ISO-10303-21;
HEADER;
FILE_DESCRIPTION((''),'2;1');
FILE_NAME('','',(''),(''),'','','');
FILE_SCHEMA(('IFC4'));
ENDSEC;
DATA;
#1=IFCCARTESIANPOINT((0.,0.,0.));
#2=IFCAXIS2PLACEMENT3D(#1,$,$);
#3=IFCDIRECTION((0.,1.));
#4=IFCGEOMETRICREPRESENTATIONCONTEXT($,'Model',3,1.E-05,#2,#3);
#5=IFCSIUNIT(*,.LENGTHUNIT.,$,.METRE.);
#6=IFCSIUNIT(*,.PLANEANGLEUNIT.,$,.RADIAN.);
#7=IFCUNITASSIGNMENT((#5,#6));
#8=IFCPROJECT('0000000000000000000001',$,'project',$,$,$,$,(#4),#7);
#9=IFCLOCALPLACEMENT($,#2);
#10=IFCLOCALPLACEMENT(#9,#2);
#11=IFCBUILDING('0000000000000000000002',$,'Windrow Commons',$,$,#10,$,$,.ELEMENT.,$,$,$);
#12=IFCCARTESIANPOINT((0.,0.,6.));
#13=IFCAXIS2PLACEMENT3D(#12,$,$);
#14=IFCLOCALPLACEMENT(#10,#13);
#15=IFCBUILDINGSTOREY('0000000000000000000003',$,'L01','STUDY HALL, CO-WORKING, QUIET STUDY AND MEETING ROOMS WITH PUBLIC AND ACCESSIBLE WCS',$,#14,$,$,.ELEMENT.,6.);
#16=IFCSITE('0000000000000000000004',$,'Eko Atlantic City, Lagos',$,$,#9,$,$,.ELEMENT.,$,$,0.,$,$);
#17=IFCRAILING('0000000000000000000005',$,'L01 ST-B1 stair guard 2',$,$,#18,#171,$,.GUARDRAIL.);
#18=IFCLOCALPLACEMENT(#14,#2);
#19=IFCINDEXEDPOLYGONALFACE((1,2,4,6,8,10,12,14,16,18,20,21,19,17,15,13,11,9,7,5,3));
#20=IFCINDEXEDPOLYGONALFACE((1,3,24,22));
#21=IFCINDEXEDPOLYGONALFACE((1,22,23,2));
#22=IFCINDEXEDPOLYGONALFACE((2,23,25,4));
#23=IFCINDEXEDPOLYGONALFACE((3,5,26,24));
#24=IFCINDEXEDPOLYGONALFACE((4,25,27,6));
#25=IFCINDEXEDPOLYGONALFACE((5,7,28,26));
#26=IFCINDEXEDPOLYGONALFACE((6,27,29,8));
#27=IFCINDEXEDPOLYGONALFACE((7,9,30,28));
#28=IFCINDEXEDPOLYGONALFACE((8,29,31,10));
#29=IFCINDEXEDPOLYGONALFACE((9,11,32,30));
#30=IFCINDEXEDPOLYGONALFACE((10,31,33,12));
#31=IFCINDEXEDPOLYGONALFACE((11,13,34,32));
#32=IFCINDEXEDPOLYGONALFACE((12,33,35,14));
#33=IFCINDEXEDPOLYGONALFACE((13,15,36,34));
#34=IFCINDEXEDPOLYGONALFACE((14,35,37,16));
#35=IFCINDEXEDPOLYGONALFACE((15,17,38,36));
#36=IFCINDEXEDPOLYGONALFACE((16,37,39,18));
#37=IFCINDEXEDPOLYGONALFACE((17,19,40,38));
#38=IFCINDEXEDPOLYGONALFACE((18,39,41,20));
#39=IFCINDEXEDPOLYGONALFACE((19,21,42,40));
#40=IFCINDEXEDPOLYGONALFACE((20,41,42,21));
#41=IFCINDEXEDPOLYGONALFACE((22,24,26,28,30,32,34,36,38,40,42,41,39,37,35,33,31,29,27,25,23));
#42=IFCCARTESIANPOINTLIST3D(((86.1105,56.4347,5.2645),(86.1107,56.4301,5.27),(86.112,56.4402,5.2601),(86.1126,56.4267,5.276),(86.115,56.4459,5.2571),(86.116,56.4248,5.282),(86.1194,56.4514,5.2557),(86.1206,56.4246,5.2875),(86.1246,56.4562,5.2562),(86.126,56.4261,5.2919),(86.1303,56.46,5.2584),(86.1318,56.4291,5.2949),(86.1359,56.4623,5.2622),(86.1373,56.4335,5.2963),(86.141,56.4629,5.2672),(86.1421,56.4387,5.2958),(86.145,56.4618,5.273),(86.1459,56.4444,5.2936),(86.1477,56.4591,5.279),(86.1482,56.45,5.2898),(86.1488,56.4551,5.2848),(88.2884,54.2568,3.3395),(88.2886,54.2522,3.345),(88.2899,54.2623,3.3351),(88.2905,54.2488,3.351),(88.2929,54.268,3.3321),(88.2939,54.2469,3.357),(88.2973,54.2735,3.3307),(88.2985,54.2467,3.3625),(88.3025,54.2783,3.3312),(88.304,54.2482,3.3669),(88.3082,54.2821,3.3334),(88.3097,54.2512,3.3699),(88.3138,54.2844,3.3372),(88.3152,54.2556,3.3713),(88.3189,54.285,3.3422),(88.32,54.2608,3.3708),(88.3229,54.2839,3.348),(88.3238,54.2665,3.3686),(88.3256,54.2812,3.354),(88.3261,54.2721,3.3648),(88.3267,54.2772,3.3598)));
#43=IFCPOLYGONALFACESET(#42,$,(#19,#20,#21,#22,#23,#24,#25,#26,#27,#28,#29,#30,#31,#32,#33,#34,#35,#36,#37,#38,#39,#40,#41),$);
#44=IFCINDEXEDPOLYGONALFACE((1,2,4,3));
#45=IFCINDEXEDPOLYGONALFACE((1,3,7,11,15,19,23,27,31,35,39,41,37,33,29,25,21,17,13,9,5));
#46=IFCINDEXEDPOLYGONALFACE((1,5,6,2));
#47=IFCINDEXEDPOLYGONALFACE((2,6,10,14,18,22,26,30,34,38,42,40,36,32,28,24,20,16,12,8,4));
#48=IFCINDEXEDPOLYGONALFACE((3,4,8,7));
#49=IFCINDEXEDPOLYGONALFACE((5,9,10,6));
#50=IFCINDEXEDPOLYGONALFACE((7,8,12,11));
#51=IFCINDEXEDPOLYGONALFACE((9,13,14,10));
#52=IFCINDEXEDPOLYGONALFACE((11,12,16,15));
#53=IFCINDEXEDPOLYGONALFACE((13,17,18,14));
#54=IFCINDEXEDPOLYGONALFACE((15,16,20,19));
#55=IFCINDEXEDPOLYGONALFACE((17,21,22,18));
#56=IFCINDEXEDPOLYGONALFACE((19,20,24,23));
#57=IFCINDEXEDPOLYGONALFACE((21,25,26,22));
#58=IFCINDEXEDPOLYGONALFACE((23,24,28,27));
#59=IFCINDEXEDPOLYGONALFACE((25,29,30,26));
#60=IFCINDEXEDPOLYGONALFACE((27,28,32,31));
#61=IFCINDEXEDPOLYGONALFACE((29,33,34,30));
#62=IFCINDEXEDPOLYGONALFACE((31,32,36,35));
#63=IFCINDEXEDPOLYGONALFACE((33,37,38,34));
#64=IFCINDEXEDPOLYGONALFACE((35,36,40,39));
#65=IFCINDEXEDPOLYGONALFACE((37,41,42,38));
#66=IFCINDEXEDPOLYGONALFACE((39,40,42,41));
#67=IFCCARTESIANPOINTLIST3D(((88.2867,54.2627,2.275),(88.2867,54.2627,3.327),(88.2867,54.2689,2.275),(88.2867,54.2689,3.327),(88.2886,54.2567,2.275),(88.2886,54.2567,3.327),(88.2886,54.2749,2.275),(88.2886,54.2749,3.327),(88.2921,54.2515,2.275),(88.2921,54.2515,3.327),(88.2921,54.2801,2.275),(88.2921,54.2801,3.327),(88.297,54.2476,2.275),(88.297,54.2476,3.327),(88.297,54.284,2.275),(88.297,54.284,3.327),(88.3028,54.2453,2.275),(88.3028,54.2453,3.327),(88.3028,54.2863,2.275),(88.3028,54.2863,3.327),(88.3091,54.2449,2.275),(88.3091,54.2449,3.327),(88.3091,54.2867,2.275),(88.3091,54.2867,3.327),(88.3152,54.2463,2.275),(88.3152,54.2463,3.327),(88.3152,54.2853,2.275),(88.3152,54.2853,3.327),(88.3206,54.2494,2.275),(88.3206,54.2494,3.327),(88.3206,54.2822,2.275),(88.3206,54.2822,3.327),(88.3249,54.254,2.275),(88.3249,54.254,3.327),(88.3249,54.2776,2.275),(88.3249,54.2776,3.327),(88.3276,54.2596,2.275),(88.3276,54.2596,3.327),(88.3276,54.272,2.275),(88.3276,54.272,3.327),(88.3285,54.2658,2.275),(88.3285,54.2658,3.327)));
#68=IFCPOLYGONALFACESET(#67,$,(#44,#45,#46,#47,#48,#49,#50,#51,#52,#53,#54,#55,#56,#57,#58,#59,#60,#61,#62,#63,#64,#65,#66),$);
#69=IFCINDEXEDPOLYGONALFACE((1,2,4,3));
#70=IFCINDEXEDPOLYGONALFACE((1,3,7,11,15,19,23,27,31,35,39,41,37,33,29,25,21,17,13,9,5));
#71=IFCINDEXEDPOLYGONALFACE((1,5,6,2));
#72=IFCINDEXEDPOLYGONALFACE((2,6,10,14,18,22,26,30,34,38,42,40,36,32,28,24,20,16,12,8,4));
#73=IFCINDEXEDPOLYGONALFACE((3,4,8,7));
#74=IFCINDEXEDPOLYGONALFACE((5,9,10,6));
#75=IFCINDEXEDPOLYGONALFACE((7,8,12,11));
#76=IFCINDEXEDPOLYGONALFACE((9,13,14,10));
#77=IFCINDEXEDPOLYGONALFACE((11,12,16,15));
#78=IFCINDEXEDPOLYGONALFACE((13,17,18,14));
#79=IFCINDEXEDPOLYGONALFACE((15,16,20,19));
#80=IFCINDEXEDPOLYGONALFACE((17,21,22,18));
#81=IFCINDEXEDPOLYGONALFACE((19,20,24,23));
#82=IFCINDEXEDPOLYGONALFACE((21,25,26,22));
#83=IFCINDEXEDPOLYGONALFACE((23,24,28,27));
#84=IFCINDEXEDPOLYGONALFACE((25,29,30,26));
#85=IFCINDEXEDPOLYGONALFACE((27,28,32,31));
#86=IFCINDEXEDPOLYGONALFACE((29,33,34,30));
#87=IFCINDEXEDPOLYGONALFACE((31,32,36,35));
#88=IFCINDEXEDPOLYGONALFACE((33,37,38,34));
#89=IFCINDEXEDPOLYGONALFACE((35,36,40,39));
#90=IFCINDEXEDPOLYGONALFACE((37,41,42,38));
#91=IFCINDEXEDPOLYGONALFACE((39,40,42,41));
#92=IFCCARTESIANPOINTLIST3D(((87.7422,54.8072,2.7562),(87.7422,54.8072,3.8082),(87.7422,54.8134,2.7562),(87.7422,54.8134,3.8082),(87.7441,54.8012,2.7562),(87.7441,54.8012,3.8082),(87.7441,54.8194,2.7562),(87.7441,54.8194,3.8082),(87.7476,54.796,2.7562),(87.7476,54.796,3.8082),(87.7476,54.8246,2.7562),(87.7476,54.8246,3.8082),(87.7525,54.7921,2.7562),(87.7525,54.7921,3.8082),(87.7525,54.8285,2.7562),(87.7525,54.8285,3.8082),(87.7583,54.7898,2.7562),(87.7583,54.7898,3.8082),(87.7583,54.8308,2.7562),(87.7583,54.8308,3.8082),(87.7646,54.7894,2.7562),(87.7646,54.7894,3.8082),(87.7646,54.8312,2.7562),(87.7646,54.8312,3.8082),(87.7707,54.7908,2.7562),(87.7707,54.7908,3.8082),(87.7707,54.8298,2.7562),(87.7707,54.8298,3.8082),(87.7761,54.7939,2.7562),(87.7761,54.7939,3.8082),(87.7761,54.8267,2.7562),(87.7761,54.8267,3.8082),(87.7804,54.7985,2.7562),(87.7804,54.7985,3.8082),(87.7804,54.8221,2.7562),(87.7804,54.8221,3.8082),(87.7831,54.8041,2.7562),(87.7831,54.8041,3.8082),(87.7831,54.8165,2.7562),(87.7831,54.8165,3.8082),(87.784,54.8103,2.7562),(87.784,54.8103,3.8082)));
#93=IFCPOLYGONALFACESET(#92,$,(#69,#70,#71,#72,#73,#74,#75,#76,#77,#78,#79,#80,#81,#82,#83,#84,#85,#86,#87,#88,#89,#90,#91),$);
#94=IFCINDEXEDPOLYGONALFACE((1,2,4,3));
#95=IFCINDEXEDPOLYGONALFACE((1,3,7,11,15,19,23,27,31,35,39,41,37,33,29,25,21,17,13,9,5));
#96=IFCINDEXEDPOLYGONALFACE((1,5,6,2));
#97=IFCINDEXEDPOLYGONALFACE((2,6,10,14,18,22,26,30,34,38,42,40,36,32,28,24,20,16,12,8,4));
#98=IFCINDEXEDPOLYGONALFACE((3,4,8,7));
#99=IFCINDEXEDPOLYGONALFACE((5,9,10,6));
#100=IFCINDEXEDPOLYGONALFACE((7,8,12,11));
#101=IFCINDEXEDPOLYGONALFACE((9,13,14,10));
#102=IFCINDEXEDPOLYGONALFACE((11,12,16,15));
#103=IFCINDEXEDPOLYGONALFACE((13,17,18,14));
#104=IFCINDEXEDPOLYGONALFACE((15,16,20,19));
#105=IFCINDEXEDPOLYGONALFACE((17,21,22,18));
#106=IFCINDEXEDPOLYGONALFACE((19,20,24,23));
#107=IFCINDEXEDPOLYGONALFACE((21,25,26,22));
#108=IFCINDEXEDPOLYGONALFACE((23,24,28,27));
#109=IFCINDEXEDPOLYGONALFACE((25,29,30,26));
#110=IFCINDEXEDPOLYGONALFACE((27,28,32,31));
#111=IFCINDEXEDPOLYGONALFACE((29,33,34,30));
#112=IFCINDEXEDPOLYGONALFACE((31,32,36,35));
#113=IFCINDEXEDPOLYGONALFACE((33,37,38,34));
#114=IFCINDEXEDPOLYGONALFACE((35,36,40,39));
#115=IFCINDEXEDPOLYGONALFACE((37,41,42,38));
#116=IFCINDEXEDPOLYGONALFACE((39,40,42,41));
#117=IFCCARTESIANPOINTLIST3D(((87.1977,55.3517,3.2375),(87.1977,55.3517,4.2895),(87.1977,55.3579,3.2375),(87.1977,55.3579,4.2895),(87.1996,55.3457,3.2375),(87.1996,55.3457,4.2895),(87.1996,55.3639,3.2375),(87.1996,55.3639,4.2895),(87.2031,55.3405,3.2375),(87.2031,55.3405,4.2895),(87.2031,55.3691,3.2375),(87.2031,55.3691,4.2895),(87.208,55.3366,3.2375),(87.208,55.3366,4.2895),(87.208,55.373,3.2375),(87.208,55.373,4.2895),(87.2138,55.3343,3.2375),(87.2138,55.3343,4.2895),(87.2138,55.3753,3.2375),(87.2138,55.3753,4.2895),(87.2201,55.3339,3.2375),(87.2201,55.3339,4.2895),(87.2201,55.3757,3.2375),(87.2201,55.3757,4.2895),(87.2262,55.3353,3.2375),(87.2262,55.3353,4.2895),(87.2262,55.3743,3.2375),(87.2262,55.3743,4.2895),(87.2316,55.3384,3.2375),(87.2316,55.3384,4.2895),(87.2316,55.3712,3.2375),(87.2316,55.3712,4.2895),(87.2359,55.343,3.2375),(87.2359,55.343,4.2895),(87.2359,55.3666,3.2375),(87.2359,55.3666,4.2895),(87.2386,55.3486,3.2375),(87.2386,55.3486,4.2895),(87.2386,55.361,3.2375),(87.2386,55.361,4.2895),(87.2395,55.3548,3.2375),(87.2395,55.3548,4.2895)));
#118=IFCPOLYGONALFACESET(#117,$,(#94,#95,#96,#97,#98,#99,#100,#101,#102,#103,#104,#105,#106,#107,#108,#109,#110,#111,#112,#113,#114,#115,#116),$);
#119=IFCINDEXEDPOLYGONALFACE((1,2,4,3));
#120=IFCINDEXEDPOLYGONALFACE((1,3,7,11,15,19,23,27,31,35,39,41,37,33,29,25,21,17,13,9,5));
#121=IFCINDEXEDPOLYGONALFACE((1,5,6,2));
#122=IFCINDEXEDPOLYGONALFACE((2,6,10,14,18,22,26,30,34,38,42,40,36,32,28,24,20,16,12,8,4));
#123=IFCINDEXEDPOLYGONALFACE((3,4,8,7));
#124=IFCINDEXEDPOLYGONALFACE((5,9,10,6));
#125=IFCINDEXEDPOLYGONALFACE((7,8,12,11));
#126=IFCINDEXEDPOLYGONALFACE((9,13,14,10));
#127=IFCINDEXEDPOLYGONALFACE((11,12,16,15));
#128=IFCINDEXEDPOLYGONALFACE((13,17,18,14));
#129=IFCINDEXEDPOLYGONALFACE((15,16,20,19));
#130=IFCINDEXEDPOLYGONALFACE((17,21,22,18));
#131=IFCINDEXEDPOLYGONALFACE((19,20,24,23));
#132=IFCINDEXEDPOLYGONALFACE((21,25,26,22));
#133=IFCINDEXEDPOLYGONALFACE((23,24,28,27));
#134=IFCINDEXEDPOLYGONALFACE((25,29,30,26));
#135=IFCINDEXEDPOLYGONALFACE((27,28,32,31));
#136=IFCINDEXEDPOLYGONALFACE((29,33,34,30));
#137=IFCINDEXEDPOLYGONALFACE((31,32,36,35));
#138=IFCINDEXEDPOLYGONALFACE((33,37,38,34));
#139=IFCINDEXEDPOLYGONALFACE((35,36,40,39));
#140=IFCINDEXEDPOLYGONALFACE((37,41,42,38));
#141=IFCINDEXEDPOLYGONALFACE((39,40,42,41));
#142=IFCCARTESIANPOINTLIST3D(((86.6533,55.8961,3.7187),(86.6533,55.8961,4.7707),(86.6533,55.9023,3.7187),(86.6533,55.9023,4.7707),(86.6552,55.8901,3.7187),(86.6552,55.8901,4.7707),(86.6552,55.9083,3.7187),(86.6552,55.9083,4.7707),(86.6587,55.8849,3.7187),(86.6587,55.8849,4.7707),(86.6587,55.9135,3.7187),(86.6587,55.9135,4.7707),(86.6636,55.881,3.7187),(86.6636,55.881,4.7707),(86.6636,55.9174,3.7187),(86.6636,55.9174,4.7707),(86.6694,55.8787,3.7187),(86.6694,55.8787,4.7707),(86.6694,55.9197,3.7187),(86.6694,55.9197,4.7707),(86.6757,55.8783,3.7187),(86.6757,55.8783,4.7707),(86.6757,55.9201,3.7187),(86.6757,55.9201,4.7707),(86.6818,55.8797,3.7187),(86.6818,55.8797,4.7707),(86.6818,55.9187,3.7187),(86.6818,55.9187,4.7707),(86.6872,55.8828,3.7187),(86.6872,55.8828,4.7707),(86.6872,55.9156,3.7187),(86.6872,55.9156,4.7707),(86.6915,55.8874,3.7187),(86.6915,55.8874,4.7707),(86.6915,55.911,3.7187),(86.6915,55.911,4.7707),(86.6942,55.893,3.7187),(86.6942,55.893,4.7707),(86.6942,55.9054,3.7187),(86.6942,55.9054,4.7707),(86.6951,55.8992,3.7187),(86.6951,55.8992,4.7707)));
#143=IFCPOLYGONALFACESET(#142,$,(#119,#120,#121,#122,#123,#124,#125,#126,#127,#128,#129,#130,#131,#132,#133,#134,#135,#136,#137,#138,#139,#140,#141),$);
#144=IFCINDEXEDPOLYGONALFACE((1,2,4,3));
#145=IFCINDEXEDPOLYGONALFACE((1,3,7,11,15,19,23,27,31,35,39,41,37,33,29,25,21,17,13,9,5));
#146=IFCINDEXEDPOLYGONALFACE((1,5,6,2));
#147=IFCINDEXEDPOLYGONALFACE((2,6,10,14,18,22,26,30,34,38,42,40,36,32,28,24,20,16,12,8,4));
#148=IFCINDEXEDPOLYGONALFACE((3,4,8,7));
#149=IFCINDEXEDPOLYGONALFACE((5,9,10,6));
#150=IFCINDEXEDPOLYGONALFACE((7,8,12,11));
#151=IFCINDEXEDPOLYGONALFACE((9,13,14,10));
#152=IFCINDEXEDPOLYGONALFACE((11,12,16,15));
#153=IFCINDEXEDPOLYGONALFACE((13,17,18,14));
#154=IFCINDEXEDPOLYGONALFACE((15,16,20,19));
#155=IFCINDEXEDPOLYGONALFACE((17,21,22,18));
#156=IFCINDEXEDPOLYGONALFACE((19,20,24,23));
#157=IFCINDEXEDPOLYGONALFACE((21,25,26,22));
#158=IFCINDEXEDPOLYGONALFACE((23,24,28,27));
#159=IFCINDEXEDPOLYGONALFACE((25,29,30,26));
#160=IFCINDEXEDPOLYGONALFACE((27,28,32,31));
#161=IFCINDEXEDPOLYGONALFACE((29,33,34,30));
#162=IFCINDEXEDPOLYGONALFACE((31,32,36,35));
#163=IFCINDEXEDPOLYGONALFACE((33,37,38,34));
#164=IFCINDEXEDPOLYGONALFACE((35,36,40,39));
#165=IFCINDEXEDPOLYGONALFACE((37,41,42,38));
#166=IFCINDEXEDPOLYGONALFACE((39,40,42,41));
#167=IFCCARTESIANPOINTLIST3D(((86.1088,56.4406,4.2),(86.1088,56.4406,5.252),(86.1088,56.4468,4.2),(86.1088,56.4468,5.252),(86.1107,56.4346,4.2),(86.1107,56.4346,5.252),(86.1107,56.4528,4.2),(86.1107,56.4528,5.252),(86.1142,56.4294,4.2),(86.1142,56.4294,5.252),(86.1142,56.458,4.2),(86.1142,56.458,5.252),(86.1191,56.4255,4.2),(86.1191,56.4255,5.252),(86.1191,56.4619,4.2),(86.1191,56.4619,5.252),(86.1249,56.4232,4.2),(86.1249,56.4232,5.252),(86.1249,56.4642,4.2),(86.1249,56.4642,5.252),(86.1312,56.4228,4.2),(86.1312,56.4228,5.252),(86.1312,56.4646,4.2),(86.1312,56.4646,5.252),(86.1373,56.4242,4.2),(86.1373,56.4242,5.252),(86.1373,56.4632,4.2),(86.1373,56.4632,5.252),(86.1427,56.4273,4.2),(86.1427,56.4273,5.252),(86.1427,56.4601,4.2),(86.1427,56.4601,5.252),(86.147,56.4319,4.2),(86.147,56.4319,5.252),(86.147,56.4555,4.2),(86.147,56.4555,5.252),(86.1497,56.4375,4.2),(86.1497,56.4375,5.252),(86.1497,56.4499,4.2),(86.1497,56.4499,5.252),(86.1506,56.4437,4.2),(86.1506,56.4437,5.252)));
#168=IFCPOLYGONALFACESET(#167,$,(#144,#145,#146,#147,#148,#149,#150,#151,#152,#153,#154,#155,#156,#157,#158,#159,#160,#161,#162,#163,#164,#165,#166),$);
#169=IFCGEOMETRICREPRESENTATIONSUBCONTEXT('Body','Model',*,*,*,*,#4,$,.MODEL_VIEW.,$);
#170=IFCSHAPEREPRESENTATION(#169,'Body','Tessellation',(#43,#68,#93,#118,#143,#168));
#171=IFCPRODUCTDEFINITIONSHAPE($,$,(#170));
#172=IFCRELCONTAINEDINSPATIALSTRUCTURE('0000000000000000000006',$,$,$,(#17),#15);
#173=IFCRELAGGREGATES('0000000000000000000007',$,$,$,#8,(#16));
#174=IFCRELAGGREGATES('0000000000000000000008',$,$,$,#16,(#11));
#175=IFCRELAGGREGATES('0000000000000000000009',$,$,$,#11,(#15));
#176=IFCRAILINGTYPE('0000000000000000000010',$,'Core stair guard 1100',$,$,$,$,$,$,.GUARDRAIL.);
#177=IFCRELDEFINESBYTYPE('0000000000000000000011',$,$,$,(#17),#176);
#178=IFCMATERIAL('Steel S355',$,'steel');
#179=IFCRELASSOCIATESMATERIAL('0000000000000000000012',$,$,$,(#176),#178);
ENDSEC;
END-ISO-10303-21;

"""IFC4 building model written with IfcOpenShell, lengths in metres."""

from ifc_helpers import new_model, si_unit, direction, frame, origin, origin_2d, place, context, subcontext, project, spatial, circle, extrude, material, type_object, element, save


model = new_model("IFC4")

# Units and contexts
model_context = context("Model", 3, precision=1e-05, world=origin(), true_north=direction((0.0, 1.0)))
body_context = subcontext(model_context, "Body", "Model", "MODEL_VIEW")
ifc_project = project(units=[si_unit("LENGTHUNIT", "METRE"), si_unit("PLANEANGLEUNIT", "RADIAN")], contexts=[model_context])

# Site, building, storey
site_placement = place(None, origin())
site = spatial("IfcSite", under=ifc_project, at=site_placement, Name="Eko Atlantic City, Lagos", CompositionType="ELEMENT", RefElevation=0.0)
building_placement = place(site_placement, origin())
building = spatial("IfcBuilding", under=site, at=building_placement, Name="Windrow Commons", CompositionType="ELEMENT")
storey_placement = place(building_placement, frame((0.0, 0.0, 6.0)))
storey = spatial("IfcBuildingStorey", under=building, at=storey_placement, Name="L01", Description="STUDY HALL, CO-WORKING, QUIET STUDY AND MEETING ROOMS WITH PUBLIC AND ACCESSIBLE WCS", CompositionType="ELEMENT", Elevation=6.0)

# Railing
ifc_material_1 = material(Name="Steel S355", Category="steel")
railing_type_1 = type_object("IfcRailingType", Name="Core stair guard 1100", PredefinedType="GUARDRAIL", material=ifc_material_1)
railing_1_placement = place(storey_placement, frame((88.3075, 54.2658, 2.275)))
element("IfcRailing", 1, at=railing_1_placement, inside=storey, type_object=railing_type_1, Name="L01 ST-B1 stair guard 2", PredefinedType="GUARDRAIL", context=body_context, shape_type="SweptSolid", body=[
    extrude(circle(Radius=0.024, at=origin_2d()), frame((0.0, 0.0, 1.076), z_axis=(-0.599626, 0.599626, 0.529997), x_axis=(-0.707107, -0.707107, 0.0)), (0.0, 0.0, 1.0), 3.6321),
    extrude(circle(Radius=0.021, at=origin_2d()), origin(), (0.0, 0.0, 1.0), 1.052),
    extrude(circle(Radius=0.021, at=origin_2d()), frame((-0.5445, 0.5445, 0.4812)), (0.0, 0.0, 1.0), 1.052),
    extrude(circle(Radius=0.021, at=origin_2d()), frame((-1.089, 1.089, 0.9625)), (0.0, 0.0, 1.0), 1.052),
    extrude(circle(Radius=0.021, at=origin_2d()), frame((-1.6334, 1.6334, 1.4437)), (0.0, 0.0, 1.0), 1.052),
    extrude(circle(Radius=0.021, at=origin_2d()), frame((-2.1779, 2.1779, 1.925)), (0.0, 0.0, 1.0), 1.052),
])

save(model, "model.ifc")
